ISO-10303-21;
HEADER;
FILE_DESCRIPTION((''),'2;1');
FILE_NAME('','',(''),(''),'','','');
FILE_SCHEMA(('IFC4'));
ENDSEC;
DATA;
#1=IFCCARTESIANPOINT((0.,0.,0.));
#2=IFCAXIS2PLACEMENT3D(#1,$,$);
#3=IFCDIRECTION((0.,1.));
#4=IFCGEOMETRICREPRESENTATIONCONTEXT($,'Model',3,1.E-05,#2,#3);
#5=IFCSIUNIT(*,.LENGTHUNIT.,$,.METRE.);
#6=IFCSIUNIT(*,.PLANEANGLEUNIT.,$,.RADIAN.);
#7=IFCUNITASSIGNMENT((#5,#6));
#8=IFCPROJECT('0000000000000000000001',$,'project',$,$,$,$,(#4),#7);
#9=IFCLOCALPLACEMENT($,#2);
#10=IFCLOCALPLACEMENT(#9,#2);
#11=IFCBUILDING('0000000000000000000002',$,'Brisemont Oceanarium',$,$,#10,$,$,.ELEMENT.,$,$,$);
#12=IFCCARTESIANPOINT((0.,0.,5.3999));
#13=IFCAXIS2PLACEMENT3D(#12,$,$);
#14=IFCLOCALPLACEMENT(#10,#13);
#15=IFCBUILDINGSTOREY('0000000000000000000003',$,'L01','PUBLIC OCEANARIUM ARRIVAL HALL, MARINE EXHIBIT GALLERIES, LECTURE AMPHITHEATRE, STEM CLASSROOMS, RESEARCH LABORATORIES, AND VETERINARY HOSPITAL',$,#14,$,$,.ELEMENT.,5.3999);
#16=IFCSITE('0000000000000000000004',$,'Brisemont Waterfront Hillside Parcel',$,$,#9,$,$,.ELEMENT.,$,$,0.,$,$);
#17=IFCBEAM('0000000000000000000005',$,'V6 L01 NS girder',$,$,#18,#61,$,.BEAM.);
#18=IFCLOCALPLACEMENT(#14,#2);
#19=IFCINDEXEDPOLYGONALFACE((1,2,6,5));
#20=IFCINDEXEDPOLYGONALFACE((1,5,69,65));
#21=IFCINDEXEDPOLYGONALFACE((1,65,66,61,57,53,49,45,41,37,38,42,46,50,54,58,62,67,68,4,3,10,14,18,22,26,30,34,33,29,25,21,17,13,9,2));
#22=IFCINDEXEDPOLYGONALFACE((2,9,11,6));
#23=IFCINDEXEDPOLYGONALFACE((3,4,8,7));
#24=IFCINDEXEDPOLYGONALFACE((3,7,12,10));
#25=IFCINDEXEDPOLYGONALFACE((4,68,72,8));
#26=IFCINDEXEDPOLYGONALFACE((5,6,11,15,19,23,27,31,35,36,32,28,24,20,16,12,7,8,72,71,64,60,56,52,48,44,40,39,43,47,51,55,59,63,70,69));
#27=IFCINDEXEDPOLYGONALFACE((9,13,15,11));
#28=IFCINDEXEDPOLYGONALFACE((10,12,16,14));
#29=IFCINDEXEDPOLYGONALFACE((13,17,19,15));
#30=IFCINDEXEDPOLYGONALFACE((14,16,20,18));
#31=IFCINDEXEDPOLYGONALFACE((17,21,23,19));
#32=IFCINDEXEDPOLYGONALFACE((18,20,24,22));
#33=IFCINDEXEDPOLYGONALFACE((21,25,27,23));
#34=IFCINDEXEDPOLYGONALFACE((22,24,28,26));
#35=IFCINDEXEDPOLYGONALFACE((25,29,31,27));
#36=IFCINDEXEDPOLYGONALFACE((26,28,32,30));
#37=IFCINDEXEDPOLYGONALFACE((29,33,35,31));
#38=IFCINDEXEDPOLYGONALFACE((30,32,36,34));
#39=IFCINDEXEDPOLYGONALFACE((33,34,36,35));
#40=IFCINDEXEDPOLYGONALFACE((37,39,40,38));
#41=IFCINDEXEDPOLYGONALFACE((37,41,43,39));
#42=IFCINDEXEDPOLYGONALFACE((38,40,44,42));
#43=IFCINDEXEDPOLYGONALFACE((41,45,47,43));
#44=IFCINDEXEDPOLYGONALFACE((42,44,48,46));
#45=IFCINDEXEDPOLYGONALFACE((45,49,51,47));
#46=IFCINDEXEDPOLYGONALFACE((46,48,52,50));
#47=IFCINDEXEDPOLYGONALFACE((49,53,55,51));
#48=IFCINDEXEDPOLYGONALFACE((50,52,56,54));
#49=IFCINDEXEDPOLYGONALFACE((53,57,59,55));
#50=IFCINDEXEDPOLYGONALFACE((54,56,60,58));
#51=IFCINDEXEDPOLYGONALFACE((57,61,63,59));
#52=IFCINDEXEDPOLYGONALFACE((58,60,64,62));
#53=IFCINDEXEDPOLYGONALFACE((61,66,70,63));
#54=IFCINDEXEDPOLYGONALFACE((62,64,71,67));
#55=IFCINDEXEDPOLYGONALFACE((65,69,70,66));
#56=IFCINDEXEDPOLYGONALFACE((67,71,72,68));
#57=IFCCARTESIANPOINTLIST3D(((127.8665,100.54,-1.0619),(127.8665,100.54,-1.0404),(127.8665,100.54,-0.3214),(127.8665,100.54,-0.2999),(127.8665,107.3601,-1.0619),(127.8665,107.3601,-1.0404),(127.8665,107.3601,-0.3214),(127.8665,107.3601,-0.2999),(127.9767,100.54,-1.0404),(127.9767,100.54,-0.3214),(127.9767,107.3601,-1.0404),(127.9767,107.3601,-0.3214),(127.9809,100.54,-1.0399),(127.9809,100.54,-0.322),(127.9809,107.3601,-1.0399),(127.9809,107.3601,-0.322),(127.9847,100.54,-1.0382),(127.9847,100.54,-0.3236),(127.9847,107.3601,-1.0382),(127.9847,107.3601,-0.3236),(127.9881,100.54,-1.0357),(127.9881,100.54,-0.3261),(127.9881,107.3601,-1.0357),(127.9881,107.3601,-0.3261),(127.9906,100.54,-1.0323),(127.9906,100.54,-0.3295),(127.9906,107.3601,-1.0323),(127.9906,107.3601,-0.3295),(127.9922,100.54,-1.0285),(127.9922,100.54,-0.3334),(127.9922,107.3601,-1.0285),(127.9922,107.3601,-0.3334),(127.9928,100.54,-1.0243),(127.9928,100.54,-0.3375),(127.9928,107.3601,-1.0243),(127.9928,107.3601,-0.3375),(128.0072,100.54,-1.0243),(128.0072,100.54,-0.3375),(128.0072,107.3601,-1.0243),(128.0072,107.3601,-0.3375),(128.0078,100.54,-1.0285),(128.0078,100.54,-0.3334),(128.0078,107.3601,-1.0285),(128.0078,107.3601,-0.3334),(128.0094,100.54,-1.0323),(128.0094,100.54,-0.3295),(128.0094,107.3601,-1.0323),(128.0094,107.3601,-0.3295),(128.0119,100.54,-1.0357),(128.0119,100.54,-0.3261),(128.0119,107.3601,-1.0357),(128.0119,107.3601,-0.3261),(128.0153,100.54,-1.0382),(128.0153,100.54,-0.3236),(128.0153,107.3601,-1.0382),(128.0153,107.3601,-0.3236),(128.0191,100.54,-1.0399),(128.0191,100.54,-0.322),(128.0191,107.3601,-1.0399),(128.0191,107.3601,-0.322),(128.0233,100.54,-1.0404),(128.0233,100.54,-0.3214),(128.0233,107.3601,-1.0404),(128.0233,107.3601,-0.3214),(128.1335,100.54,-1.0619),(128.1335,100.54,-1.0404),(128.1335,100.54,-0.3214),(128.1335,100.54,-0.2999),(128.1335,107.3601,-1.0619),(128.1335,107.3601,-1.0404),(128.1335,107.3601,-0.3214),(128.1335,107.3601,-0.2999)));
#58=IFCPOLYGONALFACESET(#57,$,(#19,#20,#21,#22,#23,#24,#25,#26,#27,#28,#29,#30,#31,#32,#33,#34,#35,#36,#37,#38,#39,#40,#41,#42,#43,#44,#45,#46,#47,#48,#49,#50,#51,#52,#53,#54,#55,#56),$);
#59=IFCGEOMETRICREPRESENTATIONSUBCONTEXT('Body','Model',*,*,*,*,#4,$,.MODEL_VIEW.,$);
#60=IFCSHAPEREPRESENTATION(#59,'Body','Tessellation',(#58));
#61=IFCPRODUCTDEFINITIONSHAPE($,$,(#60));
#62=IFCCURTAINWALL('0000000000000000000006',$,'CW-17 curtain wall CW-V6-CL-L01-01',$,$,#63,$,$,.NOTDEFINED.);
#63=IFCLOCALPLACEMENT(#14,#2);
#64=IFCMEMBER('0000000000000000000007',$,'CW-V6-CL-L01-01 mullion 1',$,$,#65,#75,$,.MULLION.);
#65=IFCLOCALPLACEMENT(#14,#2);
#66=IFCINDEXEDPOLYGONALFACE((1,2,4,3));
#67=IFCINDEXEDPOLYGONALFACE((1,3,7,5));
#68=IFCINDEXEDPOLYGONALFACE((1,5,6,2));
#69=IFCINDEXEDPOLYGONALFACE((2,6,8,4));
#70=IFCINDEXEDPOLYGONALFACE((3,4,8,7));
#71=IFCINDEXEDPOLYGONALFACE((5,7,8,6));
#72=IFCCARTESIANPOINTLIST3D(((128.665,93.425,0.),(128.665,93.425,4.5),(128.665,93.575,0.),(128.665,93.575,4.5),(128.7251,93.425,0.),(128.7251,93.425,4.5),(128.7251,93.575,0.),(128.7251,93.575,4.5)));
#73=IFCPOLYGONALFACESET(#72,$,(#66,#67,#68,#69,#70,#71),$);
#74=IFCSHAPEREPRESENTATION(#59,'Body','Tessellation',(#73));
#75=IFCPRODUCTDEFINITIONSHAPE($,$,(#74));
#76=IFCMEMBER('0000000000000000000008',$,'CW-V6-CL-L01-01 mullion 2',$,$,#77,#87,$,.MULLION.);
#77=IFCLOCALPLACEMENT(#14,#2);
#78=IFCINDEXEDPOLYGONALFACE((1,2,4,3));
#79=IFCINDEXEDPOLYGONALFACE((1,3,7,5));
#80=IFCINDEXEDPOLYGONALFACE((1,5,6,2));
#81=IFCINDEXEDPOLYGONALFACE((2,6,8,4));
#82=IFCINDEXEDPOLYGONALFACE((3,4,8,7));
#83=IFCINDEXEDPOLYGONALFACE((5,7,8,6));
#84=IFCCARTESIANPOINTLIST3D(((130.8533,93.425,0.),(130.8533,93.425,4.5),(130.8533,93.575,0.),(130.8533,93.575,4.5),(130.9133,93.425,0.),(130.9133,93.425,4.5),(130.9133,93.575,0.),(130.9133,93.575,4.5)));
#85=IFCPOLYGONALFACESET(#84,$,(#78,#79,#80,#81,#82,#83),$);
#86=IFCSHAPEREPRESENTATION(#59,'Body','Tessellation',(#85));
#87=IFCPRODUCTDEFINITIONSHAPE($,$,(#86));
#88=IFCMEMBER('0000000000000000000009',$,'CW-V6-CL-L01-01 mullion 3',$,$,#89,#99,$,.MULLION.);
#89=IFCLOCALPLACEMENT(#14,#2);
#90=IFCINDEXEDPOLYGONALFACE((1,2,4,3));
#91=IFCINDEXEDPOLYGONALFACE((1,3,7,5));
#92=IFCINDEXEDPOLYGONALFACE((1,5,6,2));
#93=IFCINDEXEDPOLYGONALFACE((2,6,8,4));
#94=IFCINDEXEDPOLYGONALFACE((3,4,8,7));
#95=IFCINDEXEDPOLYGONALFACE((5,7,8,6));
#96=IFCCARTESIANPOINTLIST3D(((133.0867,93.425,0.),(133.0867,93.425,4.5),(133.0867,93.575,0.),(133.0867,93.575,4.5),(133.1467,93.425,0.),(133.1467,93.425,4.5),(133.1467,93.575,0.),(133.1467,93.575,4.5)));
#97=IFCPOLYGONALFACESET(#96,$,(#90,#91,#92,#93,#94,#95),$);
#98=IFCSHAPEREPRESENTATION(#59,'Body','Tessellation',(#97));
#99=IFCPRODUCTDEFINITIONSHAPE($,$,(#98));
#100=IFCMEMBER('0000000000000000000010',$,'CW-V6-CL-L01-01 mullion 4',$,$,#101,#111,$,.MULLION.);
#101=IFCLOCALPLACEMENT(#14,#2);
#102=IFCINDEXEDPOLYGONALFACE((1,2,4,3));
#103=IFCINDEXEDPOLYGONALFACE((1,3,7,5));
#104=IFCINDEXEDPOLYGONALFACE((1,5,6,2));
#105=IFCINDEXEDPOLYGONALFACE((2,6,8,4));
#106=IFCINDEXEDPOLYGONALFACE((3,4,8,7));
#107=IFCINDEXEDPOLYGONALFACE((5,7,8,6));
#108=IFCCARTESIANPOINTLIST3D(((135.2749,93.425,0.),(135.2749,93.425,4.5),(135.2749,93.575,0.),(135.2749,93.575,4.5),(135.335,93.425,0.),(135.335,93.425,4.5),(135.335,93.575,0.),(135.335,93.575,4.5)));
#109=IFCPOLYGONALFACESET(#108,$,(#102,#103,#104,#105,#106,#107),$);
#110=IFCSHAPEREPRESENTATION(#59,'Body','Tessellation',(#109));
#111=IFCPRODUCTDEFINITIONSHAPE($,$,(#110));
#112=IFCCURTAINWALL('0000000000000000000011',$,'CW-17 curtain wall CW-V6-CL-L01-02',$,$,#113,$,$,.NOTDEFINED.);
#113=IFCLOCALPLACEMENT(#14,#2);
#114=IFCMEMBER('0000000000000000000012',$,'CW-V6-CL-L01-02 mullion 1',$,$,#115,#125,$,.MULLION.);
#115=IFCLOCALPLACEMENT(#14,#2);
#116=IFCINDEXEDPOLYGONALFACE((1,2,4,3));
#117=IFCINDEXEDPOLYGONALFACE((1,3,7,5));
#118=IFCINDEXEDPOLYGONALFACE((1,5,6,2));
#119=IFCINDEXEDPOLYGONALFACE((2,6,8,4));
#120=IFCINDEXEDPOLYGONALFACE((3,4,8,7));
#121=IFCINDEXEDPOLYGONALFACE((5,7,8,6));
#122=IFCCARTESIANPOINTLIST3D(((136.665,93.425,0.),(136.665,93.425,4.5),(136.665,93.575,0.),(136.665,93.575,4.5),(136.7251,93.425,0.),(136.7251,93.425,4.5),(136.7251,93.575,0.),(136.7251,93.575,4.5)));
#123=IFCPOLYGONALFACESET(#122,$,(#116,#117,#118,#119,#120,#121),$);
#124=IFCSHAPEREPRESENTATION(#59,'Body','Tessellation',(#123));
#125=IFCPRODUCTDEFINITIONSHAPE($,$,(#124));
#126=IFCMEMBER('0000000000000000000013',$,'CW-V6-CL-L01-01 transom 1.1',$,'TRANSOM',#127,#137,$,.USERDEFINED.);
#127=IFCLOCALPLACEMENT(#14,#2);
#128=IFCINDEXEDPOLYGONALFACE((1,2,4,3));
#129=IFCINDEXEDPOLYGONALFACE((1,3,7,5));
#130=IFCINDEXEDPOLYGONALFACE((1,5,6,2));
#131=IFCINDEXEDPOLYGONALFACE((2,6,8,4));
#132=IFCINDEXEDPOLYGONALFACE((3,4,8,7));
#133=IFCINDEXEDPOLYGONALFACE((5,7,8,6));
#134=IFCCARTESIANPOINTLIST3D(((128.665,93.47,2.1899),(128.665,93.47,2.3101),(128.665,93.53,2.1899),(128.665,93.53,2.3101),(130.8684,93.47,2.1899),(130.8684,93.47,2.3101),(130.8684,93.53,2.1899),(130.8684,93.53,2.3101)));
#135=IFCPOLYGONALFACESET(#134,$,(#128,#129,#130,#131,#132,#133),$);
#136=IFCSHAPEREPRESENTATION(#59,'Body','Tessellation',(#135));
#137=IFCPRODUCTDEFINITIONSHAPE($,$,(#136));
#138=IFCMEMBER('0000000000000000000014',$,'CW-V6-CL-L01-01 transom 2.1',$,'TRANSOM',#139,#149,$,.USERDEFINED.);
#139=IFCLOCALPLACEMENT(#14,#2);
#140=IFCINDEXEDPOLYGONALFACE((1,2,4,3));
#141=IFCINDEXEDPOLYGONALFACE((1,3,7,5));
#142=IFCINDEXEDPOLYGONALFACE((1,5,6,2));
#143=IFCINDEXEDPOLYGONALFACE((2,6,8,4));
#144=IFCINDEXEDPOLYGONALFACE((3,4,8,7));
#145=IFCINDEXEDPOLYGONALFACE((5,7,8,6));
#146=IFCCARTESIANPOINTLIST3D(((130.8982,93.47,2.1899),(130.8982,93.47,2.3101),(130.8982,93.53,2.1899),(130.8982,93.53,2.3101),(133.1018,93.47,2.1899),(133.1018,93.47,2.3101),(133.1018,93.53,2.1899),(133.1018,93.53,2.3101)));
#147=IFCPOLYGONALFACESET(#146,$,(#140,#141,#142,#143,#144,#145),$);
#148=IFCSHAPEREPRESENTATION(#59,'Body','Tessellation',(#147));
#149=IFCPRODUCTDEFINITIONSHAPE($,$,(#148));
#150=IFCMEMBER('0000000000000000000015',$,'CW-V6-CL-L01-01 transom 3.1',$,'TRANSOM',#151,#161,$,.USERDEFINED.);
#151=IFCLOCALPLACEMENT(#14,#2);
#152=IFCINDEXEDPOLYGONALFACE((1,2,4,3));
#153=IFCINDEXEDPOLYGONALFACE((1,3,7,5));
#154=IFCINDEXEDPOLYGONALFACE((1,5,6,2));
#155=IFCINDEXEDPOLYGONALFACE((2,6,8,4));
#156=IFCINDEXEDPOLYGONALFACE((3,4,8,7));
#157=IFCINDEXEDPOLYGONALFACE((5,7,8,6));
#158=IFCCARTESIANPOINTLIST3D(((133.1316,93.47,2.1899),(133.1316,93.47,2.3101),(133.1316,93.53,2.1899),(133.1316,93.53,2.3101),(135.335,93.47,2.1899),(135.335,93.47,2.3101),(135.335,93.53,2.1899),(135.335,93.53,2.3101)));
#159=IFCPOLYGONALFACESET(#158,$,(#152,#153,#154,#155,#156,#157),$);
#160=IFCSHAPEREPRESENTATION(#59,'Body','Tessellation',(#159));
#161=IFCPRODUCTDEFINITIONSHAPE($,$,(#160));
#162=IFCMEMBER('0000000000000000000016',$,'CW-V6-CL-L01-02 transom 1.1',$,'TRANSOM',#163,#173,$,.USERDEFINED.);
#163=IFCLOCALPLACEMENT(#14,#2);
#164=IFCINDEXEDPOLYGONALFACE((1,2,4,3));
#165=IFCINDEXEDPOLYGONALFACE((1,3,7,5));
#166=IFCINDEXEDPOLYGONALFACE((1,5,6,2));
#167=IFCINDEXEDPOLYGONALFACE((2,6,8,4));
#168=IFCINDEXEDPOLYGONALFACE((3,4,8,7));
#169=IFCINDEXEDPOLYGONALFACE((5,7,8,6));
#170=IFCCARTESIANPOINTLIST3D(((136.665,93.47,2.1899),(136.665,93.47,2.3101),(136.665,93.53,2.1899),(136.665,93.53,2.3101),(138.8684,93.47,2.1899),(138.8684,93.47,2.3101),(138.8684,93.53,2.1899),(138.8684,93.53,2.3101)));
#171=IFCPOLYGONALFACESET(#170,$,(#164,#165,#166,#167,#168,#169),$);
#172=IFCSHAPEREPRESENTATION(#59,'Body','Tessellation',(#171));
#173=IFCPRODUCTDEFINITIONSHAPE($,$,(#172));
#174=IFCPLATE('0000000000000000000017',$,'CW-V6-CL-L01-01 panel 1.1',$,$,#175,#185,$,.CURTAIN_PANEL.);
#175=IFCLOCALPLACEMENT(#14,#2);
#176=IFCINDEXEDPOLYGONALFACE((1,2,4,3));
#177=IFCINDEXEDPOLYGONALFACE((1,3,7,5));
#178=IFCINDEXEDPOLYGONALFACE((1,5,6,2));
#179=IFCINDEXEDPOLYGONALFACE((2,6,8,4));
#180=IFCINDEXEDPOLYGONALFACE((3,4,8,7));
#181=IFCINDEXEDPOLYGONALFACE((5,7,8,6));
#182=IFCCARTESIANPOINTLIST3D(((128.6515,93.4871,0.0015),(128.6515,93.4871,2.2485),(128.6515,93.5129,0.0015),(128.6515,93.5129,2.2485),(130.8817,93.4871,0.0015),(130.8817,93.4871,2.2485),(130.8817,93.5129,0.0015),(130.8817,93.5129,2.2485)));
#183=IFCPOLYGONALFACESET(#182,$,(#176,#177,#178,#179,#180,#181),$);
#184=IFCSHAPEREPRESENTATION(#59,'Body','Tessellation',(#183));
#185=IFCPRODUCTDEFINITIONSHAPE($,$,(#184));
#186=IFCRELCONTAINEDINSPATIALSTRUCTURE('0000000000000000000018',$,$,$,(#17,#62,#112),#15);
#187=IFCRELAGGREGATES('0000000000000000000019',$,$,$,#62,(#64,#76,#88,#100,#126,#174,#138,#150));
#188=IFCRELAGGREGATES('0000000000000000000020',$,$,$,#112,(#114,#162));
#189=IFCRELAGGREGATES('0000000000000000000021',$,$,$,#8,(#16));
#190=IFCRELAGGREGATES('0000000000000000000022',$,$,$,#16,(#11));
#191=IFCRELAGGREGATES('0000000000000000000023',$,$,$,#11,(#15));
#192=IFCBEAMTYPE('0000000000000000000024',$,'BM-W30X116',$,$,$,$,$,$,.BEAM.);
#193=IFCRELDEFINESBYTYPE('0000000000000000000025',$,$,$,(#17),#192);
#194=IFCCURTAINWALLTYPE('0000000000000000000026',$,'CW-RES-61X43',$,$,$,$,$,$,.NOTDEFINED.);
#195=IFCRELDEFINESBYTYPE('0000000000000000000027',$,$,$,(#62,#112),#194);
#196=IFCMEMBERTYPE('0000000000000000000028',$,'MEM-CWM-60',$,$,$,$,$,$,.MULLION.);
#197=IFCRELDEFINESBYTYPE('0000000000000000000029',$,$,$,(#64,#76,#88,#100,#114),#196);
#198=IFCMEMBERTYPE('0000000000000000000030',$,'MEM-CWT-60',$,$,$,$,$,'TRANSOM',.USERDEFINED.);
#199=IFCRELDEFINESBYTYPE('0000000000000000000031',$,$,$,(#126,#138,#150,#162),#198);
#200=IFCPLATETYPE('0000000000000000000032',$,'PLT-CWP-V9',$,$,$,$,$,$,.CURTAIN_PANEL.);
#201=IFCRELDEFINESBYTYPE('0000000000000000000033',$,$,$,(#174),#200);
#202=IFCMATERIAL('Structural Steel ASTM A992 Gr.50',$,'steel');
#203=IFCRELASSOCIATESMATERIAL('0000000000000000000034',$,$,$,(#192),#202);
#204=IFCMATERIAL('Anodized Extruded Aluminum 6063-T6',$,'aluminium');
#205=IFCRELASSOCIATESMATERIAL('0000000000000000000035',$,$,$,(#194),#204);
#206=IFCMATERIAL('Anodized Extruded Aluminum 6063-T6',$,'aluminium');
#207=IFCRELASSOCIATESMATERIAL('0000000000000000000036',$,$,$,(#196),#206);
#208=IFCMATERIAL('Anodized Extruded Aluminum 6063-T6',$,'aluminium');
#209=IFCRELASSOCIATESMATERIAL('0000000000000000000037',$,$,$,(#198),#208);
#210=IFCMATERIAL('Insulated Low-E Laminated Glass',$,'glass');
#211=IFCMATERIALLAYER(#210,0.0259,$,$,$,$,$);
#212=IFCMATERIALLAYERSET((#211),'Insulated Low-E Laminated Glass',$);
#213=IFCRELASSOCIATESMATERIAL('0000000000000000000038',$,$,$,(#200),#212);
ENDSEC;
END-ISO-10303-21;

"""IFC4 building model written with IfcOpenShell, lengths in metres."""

from ifc_helpers import new_model, si_unit, direction, frame, origin, origin_2d, place, context, subcontext, project, spatial, rectangle, i_section, extrude, material, layer, layer_set, material_profile, profile_set, type_object, element, aggregate, save


model = new_model("IFC4")

# Units and contexts
model_context = context("Model", 3, precision=1e-05, world=origin(), true_north=direction((0.0, 1.0)))
body_context = subcontext(model_context, "Body", "Model", "MODEL_VIEW")
ifc_project = project(units=[si_unit("LENGTHUNIT", "METRE"), si_unit("PLANEANGLEUNIT", "RADIAN")], contexts=[model_context])

# Site, building, storey
site_placement = place(None, origin())
site = spatial("IfcSite", under=ifc_project, at=site_placement, Name="Brisemont Waterfront Hillside Parcel", CompositionType="ELEMENT", RefElevation=0.0)
building_placement = place(site_placement, origin())
building = spatial("IfcBuilding", under=site, at=building_placement, Name="Brisemont Oceanarium", CompositionType="ELEMENT")
storey_placement = place(building_placement, frame((0.0, 0.0, 5.3999)))
storey = spatial("IfcBuildingStorey", under=building, at=storey_placement, Name="L01", Description="PUBLIC OCEANARIUM ARRIVAL HALL, MARINE EXHIBIT GALLERIES, LECTURE AMPHITHEATRE, STEM CLASSROOMS, RESEARCH LABORATORIES, AND VETERINARY HOSPITAL", CompositionType="ELEMENT", Elevation=5.3999)

# Beam
ifc_material_1 = material(Name="Structural Steel ASTM A992 Gr.50", Category="steel")
ifc_material_profile_1 = material_profile(ifc_material_1, i_section(OverallWidth=0.2671, OverallDepth=0.762, WebThickness=0.0144, FlangeThickness=0.0215, FilletRadius=0.0161, at=origin_2d()), Name="W30X116")
ifc_profile_set_1 = profile_set([ifc_material_profile_1], Name="Structural Steel ASTM A992 Gr.50")
beam_type_1 = type_object("IfcBeamType", Name="BM-W30X116", PredefinedType="BEAM", material=ifc_profile_set_1)
beam_1_placement = place(storey_placement, frame((128.0, 100.54, -0.6809), z_axis=(0.0, 1.0, 0.0), x_axis=(-1.0, 0.0, 0.0)))
element("IfcBeam", 1, at=beam_1_placement, inside=storey, type_object=beam_type_1, Name="V6 L01 NS girder", PredefinedType="BEAM", context=body_context, shape_type="SweptSolid", body=[
    extrude(i_section(OverallWidth=0.2671, OverallDepth=0.762, WebThickness=0.0144, FlangeThickness=0.0215, FilletRadius=0.0161, at=origin_2d()), origin(), (0.0, 0.0, 1.0), 6.8201),
])

# Curtain wall, members
ifc_material_2 = material(Name="Anodized Extruded Aluminum 6063-T6", Category="aluminium")
curtain_wall_type = type_object("IfcCurtainWallType", Name="CW-RES-61X43", PredefinedType="NOTDEFINED", material=ifc_material_2)
curtain_wall_1_placement = place(storey_placement, origin())
curtain_wall_1 = element("IfcCurtainWall", 2, at=curtain_wall_1_placement, inside=storey, type_object=curtain_wall_type, Name="CW-17 curtain wall CW-V6-CL-L01-01", PredefinedType="NOTDEFINED")
ifc_material_3 = material(Name="Anodized Extruded Aluminum 6063-T6", Category="aluminium")
ifc_material_profile_2 = material_profile(ifc_material_3, rectangle(XDim=0.0601, YDim=0.1499, at=origin_2d()), Name="CWM-60X150")
ifc_profile_set_2 = profile_set([ifc_material_profile_2], Name="Anodized Extruded Aluminum 6063-T6")
member_type_1 = type_object("IfcMemberType", Name="MEM-CWM-60", PredefinedType="MULLION", material=ifc_profile_set_2)
member_1_placement = place(storey_placement, frame((128.6951, 93.5, 0.0), z_axis=(0.0, 0.0, 1.0), x_axis=(1.0, 0.0, 0.0)))
member_1 = element("IfcMember", 3, at=member_1_placement, type_object=member_type_1, Name="CW-V6-CL-L01-01 mullion 1", PredefinedType="MULLION", context=body_context, shape_type="SweptSolid", body=[
    extrude(rectangle(XDim=0.0601, YDim=0.1499, at=origin_2d()), origin(), (0.0, 0.0, 1.0), 4.5),
])
member_2_placement = place(storey_placement, frame((130.8833, 93.5, 0.0), z_axis=(0.0, 0.0, 1.0), x_axis=(1.0, 0.0, 0.0)))
member_2 = element("IfcMember", 4, at=member_2_placement, type_object=member_type_1, Name="CW-V6-CL-L01-01 mullion 2", PredefinedType="MULLION", context=body_context, shape_type="SweptSolid", body=[
    extrude(rectangle(XDim=0.0601, YDim=0.1499, at=origin_2d()), origin(), (0.0, 0.0, 1.0), 4.5),
])
member_3_placement = place(storey_placement, frame((133.1167, 93.5, 0.0), z_axis=(0.0, 0.0, 1.0), x_axis=(1.0, 0.0, 0.0)))
member_3 = element("IfcMember", 5, at=member_3_placement, type_object=member_type_1, Name="CW-V6-CL-L01-01 mullion 3", PredefinedType="MULLION", context=body_context, shape_type="SweptSolid", body=[
    extrude(rectangle(XDim=0.0601, YDim=0.1499, at=origin_2d()), origin(), (0.0, 0.0, 1.0), 4.5),
])
member_4_placement = place(storey_placement, frame((135.3049, 93.5, 0.0), z_axis=(0.0, 0.0, 1.0), x_axis=(1.0, 0.0, 0.0)))
member_4 = element("IfcMember", 6, at=member_4_placement, type_object=member_type_1, Name="CW-V6-CL-L01-01 mullion 4", PredefinedType="MULLION", context=body_context, shape_type="SweptSolid", body=[
    extrude(rectangle(XDim=0.0601, YDim=0.1499, at=origin_2d()), origin(), (0.0, 0.0, 1.0), 4.5),
])

# Curtain wall, member
curtain_wall_2_placement = place(storey_placement, origin())
curtain_wall_2 = element("IfcCurtainWall", 7, at=curtain_wall_2_placement, inside=storey, type_object=curtain_wall_type, Name="CW-17 curtain wall CW-V6-CL-L01-02", PredefinedType="NOTDEFINED")
member_5_placement = place(storey_placement, frame((136.6951, 93.5, 0.0), z_axis=(0.0, 0.0, 1.0), x_axis=(1.0, 0.0, 0.0)))
member_5 = element("IfcMember", 8, at=member_5_placement, type_object=member_type_1, Name="CW-V6-CL-L01-02 mullion 1", PredefinedType="MULLION", context=body_context, shape_type="SweptSolid", body=[
    extrude(rectangle(XDim=0.0601, YDim=0.1499, at=origin_2d()), origin(), (0.0, 0.0, 1.0), 4.5),
])

# Members
ifc_material_4 = material(Name="Anodized Extruded Aluminum 6063-T6", Category="aluminium")
ifc_material_profile_3 = material_profile(ifc_material_4, rectangle(XDim=0.0601, YDim=0.1201, at=origin_2d()), Name="CWT-60X120")
ifc_profile_set_3 = profile_set([ifc_material_profile_3], Name="Anodized Extruded Aluminum 6063-T6")
member_type_2 = type_object("IfcMemberType", Name="MEM-CWT-60", ElementType="TRANSOM", PredefinedType="USERDEFINED", material=ifc_profile_set_3)
member_6_placement = place(storey_placement, frame((128.665, 93.5, 2.25), z_axis=(1.0, 0.0, 0.0), x_axis=(0.0, 1.0, 0.0)))
member_6 = element("IfcMember", 9, at=member_6_placement, type_object=member_type_2, Name="CW-V6-CL-L01-01 transom 1.1", ObjectType="TRANSOM", PredefinedType="USERDEFINED", context=body_context, shape_type="SweptSolid", body=[
    extrude(rectangle(XDim=0.0601, YDim=0.1201, at=origin_2d()), origin(), (0.0, 0.0, 1.0), 2.2034),
])
member_7_placement = place(storey_placement, frame((130.8982, 93.5, 2.25), z_axis=(1.0, 0.0, 0.0), x_axis=(0.0, 1.0, 0.0)))
member_7 = element("IfcMember", 10, at=member_7_placement, type_object=member_type_2, Name="CW-V6-CL-L01-01 transom 2.1", ObjectType="TRANSOM", PredefinedType="USERDEFINED", context=body_context, shape_type="SweptSolid", body=[
    extrude(rectangle(XDim=0.0601, YDim=0.1201, at=origin_2d()), origin(), (0.0, 0.0, 1.0), 2.2036),
])
member_8_placement = place(storey_placement, frame((133.1316, 93.5, 2.25), z_axis=(1.0, 0.0, 0.0), x_axis=(0.0, 1.0, 0.0)))
member_8 = element("IfcMember", 11, at=member_8_placement, type_object=member_type_2, Name="CW-V6-CL-L01-01 transom 3.1", ObjectType="TRANSOM", PredefinedType="USERDEFINED", context=body_context, shape_type="SweptSolid", body=[
    extrude(rectangle(XDim=0.0601, YDim=0.1201, at=origin_2d()), origin(), (0.0, 0.0, 1.0), 2.2034),
])
member_9_placement = place(storey_placement, frame((136.665, 93.5, 2.25), z_axis=(1.0, 0.0, 0.0), x_axis=(0.0, 1.0, 0.0)))
member_9 = element("IfcMember", 12, at=member_9_placement, type_object=member_type_2, Name="CW-V6-CL-L01-02 transom 1.1", ObjectType="TRANSOM", PredefinedType="USERDEFINED", context=body_context, shape_type="SweptSolid", body=[
    extrude(rectangle(XDim=0.0601, YDim=0.1201, at=origin_2d()), origin(), (0.0, 0.0, 1.0), 2.2034),
])

# Plate
ifc_material_5 = material(Name="Insulated Low-E Laminated Glass", Category="glass")
ifc_layer = layer(ifc_material_5, 0.0259)
ifc_layer_set = layer_set([ifc_layer], Name="Insulated Low-E Laminated Glass")
plate_type = type_object("IfcPlateType", Name="PLT-CWP-V9", PredefinedType="CURTAIN_PANEL", material=ifc_layer_set)
plate_1_placement = place(storey_placement, frame((129.7666, 93.5, 0.0015), z_axis=(0.0, 0.0, 1.0), x_axis=(1.0, 0.0, 0.0)))
plate_1 = element("IfcPlate", 13, at=plate_1_placement, type_object=plate_type, Name="CW-V6-CL-L01-01 panel 1.1", PredefinedType="CURTAIN_PANEL", context=body_context, shape_type="SweptSolid", body=[
    extrude(rectangle(XDim=2.2302, YDim=0.0259, at=origin_2d()), origin(), (0.0, 0.0, 1.0), 2.2471),
])
aggregate(curtain_wall_1, [member_1, member_2, member_3, member_4, member_6, plate_1, member_7, member_8])
aggregate(curtain_wall_2, [member_5, member_9])

save(model, "model.ifc")
